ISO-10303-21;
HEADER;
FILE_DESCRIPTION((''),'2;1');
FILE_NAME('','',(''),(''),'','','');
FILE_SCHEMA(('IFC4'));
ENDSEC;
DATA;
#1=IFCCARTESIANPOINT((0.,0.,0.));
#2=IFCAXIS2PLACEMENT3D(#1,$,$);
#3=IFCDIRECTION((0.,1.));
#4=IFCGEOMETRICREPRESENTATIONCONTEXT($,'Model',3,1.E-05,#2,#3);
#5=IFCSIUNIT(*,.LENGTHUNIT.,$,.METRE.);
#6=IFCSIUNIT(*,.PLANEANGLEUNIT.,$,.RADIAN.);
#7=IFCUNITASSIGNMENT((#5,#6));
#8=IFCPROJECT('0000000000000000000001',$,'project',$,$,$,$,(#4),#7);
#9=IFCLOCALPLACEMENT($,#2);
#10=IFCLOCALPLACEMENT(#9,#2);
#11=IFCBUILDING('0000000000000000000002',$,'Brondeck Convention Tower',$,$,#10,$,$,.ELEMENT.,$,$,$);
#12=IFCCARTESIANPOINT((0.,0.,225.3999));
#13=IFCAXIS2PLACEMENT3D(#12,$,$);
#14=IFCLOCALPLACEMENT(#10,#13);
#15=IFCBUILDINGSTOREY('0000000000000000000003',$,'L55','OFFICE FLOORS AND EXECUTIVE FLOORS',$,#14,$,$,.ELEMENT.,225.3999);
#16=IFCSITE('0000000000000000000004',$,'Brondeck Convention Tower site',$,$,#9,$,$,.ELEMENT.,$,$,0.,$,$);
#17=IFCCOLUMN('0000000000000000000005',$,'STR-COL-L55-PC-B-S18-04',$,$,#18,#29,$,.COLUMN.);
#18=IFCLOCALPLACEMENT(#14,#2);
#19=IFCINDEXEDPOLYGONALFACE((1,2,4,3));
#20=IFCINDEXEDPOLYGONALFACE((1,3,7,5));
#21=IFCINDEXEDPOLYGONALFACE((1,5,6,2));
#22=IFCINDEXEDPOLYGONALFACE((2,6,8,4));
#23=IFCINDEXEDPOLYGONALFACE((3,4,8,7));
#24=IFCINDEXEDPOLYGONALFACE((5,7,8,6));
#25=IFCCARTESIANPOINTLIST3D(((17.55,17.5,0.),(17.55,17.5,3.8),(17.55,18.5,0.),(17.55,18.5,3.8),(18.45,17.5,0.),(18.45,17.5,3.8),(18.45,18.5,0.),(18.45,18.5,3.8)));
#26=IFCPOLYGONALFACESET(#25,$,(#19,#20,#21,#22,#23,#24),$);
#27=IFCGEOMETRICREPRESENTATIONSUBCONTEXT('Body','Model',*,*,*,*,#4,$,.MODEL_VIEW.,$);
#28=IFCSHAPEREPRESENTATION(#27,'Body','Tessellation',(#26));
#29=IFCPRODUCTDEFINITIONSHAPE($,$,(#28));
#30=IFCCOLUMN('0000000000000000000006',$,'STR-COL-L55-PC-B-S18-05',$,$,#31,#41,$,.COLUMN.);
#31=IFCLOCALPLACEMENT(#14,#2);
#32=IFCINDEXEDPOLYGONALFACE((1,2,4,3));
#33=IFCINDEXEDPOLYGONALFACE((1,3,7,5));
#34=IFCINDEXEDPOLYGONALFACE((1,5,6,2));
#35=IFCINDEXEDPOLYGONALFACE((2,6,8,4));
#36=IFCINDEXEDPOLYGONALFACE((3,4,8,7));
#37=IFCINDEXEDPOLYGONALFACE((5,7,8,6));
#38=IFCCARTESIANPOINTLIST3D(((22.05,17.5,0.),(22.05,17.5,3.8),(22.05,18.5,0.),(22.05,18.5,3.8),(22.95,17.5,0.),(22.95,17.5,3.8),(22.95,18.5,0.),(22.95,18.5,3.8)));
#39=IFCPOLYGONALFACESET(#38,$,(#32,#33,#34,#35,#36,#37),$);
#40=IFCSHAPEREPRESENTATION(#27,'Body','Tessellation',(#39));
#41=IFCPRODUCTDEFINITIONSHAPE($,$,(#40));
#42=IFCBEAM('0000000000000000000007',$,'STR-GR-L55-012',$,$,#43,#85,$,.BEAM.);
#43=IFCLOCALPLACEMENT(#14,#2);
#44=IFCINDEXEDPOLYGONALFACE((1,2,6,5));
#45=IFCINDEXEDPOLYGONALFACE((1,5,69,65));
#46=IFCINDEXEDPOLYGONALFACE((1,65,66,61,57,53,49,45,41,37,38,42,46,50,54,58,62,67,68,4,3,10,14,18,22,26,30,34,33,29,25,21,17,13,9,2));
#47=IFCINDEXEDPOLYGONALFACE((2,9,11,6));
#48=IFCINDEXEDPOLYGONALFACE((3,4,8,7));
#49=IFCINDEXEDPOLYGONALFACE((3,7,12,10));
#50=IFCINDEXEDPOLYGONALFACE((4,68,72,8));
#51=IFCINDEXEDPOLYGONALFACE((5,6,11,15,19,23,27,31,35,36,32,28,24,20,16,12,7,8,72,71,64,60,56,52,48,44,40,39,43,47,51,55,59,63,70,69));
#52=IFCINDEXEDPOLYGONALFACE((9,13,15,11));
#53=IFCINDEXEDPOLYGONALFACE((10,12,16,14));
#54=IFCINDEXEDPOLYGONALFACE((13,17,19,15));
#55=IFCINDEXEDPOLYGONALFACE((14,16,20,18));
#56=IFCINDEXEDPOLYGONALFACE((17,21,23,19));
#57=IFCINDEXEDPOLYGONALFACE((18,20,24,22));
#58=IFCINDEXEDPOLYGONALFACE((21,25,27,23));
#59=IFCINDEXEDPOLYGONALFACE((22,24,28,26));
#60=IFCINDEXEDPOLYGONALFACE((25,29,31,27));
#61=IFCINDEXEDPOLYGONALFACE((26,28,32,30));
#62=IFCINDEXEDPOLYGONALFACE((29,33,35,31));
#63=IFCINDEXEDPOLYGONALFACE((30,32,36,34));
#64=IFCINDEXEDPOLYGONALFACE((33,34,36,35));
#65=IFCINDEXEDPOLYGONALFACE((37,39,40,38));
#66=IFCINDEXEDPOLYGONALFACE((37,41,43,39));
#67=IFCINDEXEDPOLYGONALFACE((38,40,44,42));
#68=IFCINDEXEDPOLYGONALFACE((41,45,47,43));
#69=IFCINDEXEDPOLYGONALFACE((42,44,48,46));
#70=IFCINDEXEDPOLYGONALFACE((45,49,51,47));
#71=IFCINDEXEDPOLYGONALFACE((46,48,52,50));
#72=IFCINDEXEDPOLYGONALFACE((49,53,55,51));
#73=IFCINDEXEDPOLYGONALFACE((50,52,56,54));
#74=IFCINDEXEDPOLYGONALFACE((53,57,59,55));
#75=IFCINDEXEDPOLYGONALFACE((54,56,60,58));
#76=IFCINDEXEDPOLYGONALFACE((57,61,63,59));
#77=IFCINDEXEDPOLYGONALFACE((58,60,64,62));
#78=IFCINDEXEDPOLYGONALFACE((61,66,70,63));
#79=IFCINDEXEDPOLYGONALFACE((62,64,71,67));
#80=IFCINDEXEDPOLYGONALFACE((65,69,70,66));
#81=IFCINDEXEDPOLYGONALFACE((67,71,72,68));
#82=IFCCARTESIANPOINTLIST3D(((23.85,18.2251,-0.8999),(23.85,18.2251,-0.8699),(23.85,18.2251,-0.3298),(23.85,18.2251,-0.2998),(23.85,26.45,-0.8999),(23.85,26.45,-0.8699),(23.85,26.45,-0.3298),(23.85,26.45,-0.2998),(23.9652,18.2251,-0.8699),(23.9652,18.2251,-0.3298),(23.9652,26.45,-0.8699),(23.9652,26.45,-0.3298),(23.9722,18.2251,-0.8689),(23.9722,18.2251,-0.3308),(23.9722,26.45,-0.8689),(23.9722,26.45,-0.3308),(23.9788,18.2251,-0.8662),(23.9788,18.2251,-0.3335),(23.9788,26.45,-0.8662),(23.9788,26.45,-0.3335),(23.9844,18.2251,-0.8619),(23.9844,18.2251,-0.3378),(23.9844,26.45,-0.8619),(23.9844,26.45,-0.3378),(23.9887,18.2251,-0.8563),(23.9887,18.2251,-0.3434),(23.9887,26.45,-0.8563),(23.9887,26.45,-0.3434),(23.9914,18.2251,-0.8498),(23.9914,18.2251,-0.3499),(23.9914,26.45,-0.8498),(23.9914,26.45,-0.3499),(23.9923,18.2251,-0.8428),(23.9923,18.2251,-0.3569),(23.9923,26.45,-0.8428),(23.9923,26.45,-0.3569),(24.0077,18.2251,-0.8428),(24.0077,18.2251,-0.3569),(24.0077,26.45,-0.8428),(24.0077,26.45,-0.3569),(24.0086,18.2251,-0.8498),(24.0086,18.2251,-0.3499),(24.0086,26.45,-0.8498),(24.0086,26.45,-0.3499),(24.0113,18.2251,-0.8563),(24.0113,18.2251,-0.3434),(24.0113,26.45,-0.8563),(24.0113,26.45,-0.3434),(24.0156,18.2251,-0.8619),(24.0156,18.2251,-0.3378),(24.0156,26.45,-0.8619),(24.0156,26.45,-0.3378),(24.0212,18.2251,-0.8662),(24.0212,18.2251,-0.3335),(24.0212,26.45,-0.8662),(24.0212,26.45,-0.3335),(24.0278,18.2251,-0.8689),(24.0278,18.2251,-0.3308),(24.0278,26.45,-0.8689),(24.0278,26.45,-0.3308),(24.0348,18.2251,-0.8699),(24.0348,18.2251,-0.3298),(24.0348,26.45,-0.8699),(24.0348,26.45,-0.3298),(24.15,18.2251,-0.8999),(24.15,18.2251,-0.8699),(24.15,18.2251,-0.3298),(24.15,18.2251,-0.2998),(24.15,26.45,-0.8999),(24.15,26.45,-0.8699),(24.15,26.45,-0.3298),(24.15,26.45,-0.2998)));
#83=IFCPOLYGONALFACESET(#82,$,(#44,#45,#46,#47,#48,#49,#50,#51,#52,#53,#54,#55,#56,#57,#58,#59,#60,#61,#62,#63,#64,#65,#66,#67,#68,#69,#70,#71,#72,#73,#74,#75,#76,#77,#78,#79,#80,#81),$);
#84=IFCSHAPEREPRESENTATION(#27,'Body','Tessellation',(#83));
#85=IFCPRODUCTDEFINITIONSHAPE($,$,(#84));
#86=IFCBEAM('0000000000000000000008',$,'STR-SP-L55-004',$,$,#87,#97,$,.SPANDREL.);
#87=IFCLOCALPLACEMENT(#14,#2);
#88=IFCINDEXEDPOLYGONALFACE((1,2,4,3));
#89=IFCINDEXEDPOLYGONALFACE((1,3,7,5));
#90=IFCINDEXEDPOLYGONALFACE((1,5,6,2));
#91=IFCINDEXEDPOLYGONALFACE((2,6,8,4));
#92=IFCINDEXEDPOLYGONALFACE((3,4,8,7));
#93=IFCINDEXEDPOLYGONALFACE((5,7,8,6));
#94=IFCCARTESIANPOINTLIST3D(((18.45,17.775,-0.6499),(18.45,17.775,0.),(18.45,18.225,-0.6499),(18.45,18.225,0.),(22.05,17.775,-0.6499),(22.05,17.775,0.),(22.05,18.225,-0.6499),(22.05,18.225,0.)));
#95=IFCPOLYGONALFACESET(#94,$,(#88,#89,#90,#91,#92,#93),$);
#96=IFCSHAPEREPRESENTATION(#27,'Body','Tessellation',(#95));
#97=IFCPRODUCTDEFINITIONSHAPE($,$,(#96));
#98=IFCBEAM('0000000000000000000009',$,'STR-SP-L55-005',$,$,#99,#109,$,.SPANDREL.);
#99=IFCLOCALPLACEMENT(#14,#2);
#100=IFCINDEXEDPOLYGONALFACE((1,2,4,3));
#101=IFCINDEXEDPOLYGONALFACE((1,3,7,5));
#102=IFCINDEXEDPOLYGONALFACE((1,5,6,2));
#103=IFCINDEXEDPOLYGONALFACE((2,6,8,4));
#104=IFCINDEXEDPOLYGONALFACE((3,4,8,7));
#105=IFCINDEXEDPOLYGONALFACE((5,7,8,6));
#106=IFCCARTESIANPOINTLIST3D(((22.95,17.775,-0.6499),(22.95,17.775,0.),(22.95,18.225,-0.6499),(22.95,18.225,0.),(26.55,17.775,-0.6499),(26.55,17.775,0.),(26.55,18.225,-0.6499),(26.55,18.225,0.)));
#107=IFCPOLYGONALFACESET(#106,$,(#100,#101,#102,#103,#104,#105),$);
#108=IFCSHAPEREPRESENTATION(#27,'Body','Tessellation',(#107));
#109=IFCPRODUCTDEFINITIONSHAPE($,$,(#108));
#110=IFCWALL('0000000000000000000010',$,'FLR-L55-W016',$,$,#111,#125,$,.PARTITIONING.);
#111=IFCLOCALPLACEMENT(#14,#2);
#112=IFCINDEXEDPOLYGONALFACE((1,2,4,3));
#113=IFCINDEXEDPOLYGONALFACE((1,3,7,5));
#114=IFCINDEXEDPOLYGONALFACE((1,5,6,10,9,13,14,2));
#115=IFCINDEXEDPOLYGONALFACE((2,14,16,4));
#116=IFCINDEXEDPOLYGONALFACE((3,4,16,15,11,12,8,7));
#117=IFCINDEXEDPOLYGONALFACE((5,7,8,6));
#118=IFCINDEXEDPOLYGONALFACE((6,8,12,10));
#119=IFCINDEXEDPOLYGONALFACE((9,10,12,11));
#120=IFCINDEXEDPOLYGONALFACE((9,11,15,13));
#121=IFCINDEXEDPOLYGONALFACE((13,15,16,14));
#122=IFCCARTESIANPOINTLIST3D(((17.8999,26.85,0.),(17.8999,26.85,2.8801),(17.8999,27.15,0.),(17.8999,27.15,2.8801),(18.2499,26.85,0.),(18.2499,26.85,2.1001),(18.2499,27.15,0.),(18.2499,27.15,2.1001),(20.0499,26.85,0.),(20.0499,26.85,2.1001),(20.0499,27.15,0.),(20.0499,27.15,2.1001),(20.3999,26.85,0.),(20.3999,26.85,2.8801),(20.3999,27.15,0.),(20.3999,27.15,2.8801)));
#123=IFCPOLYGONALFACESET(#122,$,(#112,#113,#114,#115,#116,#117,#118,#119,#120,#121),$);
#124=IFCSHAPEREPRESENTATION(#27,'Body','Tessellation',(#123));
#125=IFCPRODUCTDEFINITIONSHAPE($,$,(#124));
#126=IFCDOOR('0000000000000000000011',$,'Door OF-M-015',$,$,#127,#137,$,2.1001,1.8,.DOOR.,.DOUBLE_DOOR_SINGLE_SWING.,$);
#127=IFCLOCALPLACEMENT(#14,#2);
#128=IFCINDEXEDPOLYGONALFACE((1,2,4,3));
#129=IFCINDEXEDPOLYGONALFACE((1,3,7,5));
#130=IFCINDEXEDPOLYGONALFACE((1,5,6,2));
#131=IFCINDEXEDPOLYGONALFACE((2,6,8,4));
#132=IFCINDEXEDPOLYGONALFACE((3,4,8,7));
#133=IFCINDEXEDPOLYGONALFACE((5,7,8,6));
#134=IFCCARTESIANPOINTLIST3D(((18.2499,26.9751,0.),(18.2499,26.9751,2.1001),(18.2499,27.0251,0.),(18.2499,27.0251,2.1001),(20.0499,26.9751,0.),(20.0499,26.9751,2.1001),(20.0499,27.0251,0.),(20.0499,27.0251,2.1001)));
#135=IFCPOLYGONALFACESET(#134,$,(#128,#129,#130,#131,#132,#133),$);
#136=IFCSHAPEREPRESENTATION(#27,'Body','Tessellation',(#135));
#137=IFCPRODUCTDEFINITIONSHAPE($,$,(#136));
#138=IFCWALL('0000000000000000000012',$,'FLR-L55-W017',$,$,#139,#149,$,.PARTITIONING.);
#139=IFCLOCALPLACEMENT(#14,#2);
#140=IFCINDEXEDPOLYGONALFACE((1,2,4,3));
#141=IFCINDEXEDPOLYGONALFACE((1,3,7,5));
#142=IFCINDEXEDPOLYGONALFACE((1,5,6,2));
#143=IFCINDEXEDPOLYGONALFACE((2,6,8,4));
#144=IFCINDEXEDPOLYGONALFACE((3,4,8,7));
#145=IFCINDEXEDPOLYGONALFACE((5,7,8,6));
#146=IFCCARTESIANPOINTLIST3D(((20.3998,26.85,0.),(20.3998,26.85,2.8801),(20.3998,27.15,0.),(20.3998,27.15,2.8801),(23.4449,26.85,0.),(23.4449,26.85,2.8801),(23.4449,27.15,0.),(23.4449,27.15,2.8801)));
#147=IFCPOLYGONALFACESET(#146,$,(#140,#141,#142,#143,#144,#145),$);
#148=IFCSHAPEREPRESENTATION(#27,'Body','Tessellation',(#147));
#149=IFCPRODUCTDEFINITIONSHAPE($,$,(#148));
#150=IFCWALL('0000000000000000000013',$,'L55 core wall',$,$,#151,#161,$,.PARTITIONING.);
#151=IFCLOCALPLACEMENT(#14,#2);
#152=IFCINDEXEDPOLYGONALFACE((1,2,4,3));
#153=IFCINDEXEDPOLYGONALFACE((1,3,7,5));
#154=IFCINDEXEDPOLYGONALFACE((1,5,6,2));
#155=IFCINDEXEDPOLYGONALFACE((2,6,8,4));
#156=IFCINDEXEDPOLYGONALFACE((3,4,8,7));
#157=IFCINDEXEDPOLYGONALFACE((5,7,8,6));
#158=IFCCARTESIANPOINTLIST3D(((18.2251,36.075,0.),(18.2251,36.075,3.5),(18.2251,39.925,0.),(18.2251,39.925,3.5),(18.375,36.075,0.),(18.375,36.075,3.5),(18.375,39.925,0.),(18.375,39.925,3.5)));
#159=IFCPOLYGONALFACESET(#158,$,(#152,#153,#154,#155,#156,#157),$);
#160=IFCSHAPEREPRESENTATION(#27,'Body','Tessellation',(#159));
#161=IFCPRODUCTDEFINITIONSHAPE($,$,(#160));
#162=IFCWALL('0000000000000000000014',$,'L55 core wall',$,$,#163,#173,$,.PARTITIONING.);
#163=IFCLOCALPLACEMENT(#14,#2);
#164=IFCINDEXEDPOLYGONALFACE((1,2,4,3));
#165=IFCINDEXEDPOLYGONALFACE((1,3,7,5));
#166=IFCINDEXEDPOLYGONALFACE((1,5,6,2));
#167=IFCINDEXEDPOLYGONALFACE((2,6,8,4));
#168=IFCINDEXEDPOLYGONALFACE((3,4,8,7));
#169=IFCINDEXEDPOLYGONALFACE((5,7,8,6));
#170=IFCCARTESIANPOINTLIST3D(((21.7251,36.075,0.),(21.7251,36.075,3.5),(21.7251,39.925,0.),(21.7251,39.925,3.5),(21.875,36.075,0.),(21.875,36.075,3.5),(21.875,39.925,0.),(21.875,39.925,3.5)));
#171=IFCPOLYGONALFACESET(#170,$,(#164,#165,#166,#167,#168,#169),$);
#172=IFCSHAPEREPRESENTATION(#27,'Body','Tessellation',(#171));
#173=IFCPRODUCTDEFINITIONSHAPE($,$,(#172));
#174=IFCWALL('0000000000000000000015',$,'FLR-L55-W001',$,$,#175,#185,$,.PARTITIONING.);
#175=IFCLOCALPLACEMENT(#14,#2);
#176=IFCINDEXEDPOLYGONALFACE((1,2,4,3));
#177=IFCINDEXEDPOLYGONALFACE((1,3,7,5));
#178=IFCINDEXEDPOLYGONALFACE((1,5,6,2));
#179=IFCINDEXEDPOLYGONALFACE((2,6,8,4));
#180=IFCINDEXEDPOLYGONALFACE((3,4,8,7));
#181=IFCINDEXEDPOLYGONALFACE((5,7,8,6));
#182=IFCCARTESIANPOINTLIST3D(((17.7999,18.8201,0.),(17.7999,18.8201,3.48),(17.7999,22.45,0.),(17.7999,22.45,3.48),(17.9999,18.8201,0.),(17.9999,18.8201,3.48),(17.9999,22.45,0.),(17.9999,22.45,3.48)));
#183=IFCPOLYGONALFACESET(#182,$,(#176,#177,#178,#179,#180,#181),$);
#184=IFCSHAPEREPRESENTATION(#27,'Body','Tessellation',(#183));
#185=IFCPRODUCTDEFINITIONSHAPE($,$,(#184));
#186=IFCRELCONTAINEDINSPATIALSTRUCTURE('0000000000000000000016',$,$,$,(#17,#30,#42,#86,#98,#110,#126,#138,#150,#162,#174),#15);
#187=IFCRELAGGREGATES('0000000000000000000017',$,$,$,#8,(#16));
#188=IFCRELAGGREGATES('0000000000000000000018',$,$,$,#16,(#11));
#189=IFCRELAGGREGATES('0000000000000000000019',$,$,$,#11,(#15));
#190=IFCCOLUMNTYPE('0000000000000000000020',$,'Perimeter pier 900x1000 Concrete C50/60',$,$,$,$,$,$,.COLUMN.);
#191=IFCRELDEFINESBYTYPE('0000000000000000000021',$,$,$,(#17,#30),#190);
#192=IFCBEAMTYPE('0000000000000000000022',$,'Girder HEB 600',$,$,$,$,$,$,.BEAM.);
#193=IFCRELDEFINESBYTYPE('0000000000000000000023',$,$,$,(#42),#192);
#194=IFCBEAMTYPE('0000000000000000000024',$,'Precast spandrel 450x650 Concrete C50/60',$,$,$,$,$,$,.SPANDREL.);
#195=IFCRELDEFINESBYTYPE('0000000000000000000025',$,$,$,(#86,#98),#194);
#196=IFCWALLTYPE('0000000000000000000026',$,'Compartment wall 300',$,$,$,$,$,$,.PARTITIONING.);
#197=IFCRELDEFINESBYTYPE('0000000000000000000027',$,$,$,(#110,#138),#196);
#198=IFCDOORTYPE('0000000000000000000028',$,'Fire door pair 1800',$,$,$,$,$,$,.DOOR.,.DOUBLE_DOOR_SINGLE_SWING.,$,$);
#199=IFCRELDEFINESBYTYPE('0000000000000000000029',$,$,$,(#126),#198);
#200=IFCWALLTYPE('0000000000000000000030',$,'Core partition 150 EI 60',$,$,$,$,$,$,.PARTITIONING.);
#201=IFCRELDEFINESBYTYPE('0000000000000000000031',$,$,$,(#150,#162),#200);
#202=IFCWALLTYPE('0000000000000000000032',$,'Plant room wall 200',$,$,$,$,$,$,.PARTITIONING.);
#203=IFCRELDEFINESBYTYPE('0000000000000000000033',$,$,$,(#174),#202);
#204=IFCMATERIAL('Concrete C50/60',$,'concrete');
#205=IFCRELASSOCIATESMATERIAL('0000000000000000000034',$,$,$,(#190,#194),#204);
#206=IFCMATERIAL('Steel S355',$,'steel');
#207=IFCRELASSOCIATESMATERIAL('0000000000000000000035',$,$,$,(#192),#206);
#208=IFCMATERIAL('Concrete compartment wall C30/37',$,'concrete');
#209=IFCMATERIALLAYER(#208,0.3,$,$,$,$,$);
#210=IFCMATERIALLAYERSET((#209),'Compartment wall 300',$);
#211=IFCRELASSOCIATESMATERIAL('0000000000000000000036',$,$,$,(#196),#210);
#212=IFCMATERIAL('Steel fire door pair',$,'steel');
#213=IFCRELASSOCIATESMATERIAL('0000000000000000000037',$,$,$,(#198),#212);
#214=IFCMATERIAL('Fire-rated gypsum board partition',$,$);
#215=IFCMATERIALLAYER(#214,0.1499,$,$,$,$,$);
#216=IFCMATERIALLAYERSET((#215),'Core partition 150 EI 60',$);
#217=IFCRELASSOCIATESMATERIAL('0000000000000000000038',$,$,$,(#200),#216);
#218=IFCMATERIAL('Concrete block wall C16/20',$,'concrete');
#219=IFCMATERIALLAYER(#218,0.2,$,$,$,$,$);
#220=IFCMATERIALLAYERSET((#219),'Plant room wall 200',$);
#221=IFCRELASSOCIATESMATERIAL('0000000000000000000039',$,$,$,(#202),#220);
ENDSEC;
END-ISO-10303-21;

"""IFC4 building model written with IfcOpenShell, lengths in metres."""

from ifc_helpers import new_model, si_unit, direction, frame, frame_2d, origin, origin_2d, place, context, subcontext, project, spatial, rectangle, i_section, extrude, material, layer, layer_set, material_profile, profile_set, type_object, element, fill, save


model = new_model("IFC4")

# Units and contexts
model_context = context("Model", 3, precision=1e-05, world=origin(), true_north=direction((0.0, 1.0)))
body_context = subcontext(model_context, "Body", "Model", "MODEL_VIEW")
ifc_project = project(units=[si_unit("LENGTHUNIT", "METRE"), si_unit("PLANEANGLEUNIT", "RADIAN")], contexts=[model_context])

# Site, building, storey
site_placement = place(None, origin())
site = spatial("IfcSite", under=ifc_project, at=site_placement, Name="Brondeck Convention Tower site", CompositionType="ELEMENT", RefElevation=0.0)
building_placement = place(site_placement, origin())
building = spatial("IfcBuilding", under=site, at=building_placement, Name="Brondeck Convention Tower", CompositionType="ELEMENT")
storey_placement = place(building_placement, frame((0.0, 0.0, 225.3999)))
storey = spatial("IfcBuildingStorey", under=building, at=storey_placement, Name="L55", Description="OFFICE FLOORS AND EXECUTIVE FLOORS", CompositionType="ELEMENT", Elevation=225.3999)

# Columns
ifc_material_1 = material(Name="Concrete C50/60", Category="concrete")
ifc_material_profile_1 = material_profile(ifc_material_1, rectangle(XDim=0.8999, YDim=1.0, at=origin_2d()), Name="Perimeter pier 900x1000 Concrete C50/60")
ifc_profile_set_1 = profile_set([ifc_material_profile_1], Name="Concrete C50/60")
column_type = type_object("IfcColumnType", Name="Perimeter pier 900x1000 Concrete C50/60", PredefinedType="COLUMN", material=ifc_profile_set_1)
for number, where, z_axis, x_axis, name in (
    (1, (18.0, 18.0, 0.0), (0.0, 0.0, 1.0), (1.0, 0.0, 0.0), "STR-COL-L55-PC-B-S18-04"),
    (2, (22.5, 18.0, 0.0), (0.0, 0.0, 1.0), (1.0, 0.0, 0.0), "STR-COL-L55-PC-B-S18-05"),
):
    element("IfcColumn", number, at=place(storey_placement, frame(where, z_axis=z_axis, x_axis=x_axis)), inside=storey, type_object=column_type, Name=name, PredefinedType="COLUMN", context=body_context, shape_type="SweptSolid", body=[
        extrude(rectangle(XDim=0.8999, YDim=1.0, at=origin_2d()), origin(), (0.0, 0.0, 1.0), 3.8),
    ])

# Beams
ifc_material_2 = material(Name="Steel S355", Category="steel")
ifc_material_profile_2 = material_profile(ifc_material_2, i_section(OverallWidth=0.3, OverallDepth=0.6001, WebThickness=0.0154, FlangeThickness=0.03, FilletRadius=0.0271, at=origin_2d()), Name="HEB 600")
ifc_profile_set_2 = profile_set([ifc_material_profile_2], Name="Steel S355")
beam_type_1 = type_object("IfcBeamType", Name="Girder HEB 600", PredefinedType="BEAM", material=ifc_profile_set_2)
beam_placement = place(storey_placement, frame((24.0, 26.45, -0.5999), z_axis=(0.0, -1.0, 0.0), x_axis=(1.0, 0.0, 0.0)))
element("IfcBeam", 3, at=beam_placement, inside=storey, type_object=beam_type_1, Name="STR-GR-L55-012", PredefinedType="BEAM", context=body_context, shape_type="SweptSolid", body=[
    extrude(i_section(OverallWidth=0.3, OverallDepth=0.6001, WebThickness=0.0154, FlangeThickness=0.03, FilletRadius=0.0271, at=origin_2d()), origin(), (0.0, 0.0, 1.0), 8.2249),
])
ifc_material_profile_3 = material_profile(ifc_material_1, rectangle(XDim=0.45, YDim=0.6499, at=origin_2d()), Name="Precast spandrel 450x650 Concrete C50/60")
ifc_profile_set_3 = profile_set([ifc_material_profile_3], Name="Concrete C50/60")
beam_type_2 = type_object("IfcBeamType", Name="Precast spandrel 450x650 Concrete C50/60", PredefinedType="SPANDREL", material=ifc_profile_set_3)
for number, where, z_axis, x_axis, name in (
    (4, (18.45, 18.0, -0.325), (1.0, 0.0, 0.0), (0.0, 1.0, 0.0), "STR-SP-L55-004"),
    (5, (22.95, 18.0, -0.325), (1.0, 0.0, 0.0), (0.0, 1.0, 0.0), "STR-SP-L55-005"),
):
    element("IfcBeam", number, at=place(storey_placement, frame(where, z_axis=z_axis, x_axis=x_axis)), inside=storey, type_object=beam_type_2, Name=name, PredefinedType="SPANDREL", context=body_context, shape_type="SweptSolid", body=[
        extrude(rectangle(XDim=0.45, YDim=0.6499, at=origin_2d()), origin(), (0.0, 0.0, 1.0), 3.6001),
    ])

# Wall, opening, door
ifc_material_3 = material(Name="Concrete compartment wall C30/37", Category="concrete")
ifc_layer_1 = layer(ifc_material_3, 0.3)
ifc_layer_set_1 = layer_set([ifc_layer_1], Name="Compartment wall 300")
wall_type_1 = type_object("IfcWallType", Name="Compartment wall 300", PredefinedType="PARTITIONING", material=ifc_layer_set_1)
wall_1_placement = place(storey_placement, frame((20.3999, 27.0, 0.0), z_axis=(0.0, 0.0, 1.0), x_axis=(-1.0, 0.0, 0.0)))
wall_1 = element("IfcWall", 6, at=wall_1_placement, inside=storey, type_object=wall_type_1, Name="FLR-L55-W016", PredefinedType="PARTITIONING", context=body_context, shape_type="SweptSolid", body=[
    extrude(rectangle(XDim=2.5, YDim=0.3, at=frame_2d((1.25, 0.0))), origin(), (0.0, 0.0, 1.0), 2.8801),
])
opening_1_placement = place(wall_1_placement, frame((0.3501, 0.0, 0.0)))
opening_1 = element("IfcOpeningElement", 7, at=opening_1_placement, cuts=wall_1, PredefinedType="OPENING", context=body_context, shape_type="SweptSolid", body=[
    extrude(rectangle(XDim=1.8, YDim=2.1001, at=frame_2d((0.8999, 1.05))), frame((0.0, 0.1599, 0.0), z_axis=(0.0, -1.0, 0.0), x_axis=(1.0, 0.0, 0.0)), (0.0, 0.0, 1.0), 0.3201),
])
ifc_material_4 = material(Name="Steel fire door pair", Category="steel")
door_type_1 = type_object("IfcDoorType", Name="Fire door pair 1800", OperationType="DOUBLE_DOOR_SINGLE_SWING", PredefinedType="DOOR", material=ifc_material_4)
door_1_placement = place(opening_1_placement, origin())
door_1 = element("IfcDoor", 8, at=door_1_placement, inside=storey, type_object=door_type_1, Name="Door OF-M-015", OperationType="DOUBLE_DOOR_SINGLE_SWING", OverallHeight=2.1001, OverallWidth=1.8, PredefinedType="DOOR", context=body_context, shape_type="SweptSolid", body=[
    extrude(rectangle(XDim=1.8, YDim=2.1001, at=frame_2d((0.8999, 1.05))), frame((0.0, 0.0249, 0.0), z_axis=(0.0, -1.0, 0.0), x_axis=(1.0, 0.0, 0.0)), (0.0, 0.0, 1.0), 0.05),
])
fill(opening_1, door_1)

# Walls
wall_2_placement = place(storey_placement, frame((20.3999, 27.0, 0.0), z_axis=(0.0, 0.0, 1.0), x_axis=(1.0, 0.0, 0.0)))
element("IfcWall", 9, at=wall_2_placement, inside=storey, type_object=wall_type_1, Name="FLR-L55-W017", PredefinedType="PARTITIONING", context=body_context, shape_type="SweptSolid", body=[
    extrude(rectangle(XDim=3.0452, YDim=0.3, at=frame_2d((1.5225, 0.0))), origin(), (0.0, 0.0, 1.0), 2.8801),
])
ifc_material_5 = material(Name="Fire-rated gypsum board partition")
ifc_layer_2 = layer(ifc_material_5, 0.1499)
ifc_layer_set_2 = layer_set([ifc_layer_2], Name="Core partition 150 EI 60")
wall_type_2 = type_object("IfcWallType", Name="Core partition 150 EI 60", PredefinedType="PARTITIONING", material=ifc_layer_set_2)
for number, where, z_axis, x_axis, name in (
    (10, (18.3, 36.075, 0.0), (0.0, 0.0, 1.0), (0.0, 1.0, 0.0), "L55 core wall"),
    (11, (21.8, 36.075, 0.0), (0.0, 0.0, 1.0), (0.0, 1.0, 0.0), "L55 core wall"),
):
    element("IfcWall", number, at=place(storey_placement, frame(where, z_axis=z_axis, x_axis=x_axis)), inside=storey, type_object=wall_type_2, Name=name, PredefinedType="PARTITIONING", context=body_context, shape_type="SweptSolid", body=[
        extrude(rectangle(XDim=3.8501, YDim=0.1499, at=frame_2d((1.925, 0.0))), origin(), (0.0, 0.0, 1.0), 3.5),
    ])
ifc_material_6 = material(Name="Concrete block wall C16/20", Category="concrete")
ifc_layer_3 = layer(ifc_material_6, 0.2)
ifc_layer_set_3 = layer_set([ifc_layer_3], Name="Plant room wall 200")
wall_type_3 = type_object("IfcWallType", Name="Plant room wall 200", PredefinedType="PARTITIONING", material=ifc_layer_set_3)
wall_3_placement = place(storey_placement, frame((17.8999, 22.45, 0.0), z_axis=(0.0, 0.0, 1.0), x_axis=(0.0, -1.0, 0.0)))
element("IfcWall", 12, at=wall_3_placement, inside=storey, type_object=wall_type_3, Name="FLR-L55-W001", PredefinedType="PARTITIONING", context=body_context, shape_type="SweptSolid", body=[
    extrude(rectangle(XDim=3.6299, YDim=0.2, at=frame_2d((1.8149, 0.0))), origin(), (0.0, 0.0, 1.0), 3.48),
])

save(model, "model.ifc")
